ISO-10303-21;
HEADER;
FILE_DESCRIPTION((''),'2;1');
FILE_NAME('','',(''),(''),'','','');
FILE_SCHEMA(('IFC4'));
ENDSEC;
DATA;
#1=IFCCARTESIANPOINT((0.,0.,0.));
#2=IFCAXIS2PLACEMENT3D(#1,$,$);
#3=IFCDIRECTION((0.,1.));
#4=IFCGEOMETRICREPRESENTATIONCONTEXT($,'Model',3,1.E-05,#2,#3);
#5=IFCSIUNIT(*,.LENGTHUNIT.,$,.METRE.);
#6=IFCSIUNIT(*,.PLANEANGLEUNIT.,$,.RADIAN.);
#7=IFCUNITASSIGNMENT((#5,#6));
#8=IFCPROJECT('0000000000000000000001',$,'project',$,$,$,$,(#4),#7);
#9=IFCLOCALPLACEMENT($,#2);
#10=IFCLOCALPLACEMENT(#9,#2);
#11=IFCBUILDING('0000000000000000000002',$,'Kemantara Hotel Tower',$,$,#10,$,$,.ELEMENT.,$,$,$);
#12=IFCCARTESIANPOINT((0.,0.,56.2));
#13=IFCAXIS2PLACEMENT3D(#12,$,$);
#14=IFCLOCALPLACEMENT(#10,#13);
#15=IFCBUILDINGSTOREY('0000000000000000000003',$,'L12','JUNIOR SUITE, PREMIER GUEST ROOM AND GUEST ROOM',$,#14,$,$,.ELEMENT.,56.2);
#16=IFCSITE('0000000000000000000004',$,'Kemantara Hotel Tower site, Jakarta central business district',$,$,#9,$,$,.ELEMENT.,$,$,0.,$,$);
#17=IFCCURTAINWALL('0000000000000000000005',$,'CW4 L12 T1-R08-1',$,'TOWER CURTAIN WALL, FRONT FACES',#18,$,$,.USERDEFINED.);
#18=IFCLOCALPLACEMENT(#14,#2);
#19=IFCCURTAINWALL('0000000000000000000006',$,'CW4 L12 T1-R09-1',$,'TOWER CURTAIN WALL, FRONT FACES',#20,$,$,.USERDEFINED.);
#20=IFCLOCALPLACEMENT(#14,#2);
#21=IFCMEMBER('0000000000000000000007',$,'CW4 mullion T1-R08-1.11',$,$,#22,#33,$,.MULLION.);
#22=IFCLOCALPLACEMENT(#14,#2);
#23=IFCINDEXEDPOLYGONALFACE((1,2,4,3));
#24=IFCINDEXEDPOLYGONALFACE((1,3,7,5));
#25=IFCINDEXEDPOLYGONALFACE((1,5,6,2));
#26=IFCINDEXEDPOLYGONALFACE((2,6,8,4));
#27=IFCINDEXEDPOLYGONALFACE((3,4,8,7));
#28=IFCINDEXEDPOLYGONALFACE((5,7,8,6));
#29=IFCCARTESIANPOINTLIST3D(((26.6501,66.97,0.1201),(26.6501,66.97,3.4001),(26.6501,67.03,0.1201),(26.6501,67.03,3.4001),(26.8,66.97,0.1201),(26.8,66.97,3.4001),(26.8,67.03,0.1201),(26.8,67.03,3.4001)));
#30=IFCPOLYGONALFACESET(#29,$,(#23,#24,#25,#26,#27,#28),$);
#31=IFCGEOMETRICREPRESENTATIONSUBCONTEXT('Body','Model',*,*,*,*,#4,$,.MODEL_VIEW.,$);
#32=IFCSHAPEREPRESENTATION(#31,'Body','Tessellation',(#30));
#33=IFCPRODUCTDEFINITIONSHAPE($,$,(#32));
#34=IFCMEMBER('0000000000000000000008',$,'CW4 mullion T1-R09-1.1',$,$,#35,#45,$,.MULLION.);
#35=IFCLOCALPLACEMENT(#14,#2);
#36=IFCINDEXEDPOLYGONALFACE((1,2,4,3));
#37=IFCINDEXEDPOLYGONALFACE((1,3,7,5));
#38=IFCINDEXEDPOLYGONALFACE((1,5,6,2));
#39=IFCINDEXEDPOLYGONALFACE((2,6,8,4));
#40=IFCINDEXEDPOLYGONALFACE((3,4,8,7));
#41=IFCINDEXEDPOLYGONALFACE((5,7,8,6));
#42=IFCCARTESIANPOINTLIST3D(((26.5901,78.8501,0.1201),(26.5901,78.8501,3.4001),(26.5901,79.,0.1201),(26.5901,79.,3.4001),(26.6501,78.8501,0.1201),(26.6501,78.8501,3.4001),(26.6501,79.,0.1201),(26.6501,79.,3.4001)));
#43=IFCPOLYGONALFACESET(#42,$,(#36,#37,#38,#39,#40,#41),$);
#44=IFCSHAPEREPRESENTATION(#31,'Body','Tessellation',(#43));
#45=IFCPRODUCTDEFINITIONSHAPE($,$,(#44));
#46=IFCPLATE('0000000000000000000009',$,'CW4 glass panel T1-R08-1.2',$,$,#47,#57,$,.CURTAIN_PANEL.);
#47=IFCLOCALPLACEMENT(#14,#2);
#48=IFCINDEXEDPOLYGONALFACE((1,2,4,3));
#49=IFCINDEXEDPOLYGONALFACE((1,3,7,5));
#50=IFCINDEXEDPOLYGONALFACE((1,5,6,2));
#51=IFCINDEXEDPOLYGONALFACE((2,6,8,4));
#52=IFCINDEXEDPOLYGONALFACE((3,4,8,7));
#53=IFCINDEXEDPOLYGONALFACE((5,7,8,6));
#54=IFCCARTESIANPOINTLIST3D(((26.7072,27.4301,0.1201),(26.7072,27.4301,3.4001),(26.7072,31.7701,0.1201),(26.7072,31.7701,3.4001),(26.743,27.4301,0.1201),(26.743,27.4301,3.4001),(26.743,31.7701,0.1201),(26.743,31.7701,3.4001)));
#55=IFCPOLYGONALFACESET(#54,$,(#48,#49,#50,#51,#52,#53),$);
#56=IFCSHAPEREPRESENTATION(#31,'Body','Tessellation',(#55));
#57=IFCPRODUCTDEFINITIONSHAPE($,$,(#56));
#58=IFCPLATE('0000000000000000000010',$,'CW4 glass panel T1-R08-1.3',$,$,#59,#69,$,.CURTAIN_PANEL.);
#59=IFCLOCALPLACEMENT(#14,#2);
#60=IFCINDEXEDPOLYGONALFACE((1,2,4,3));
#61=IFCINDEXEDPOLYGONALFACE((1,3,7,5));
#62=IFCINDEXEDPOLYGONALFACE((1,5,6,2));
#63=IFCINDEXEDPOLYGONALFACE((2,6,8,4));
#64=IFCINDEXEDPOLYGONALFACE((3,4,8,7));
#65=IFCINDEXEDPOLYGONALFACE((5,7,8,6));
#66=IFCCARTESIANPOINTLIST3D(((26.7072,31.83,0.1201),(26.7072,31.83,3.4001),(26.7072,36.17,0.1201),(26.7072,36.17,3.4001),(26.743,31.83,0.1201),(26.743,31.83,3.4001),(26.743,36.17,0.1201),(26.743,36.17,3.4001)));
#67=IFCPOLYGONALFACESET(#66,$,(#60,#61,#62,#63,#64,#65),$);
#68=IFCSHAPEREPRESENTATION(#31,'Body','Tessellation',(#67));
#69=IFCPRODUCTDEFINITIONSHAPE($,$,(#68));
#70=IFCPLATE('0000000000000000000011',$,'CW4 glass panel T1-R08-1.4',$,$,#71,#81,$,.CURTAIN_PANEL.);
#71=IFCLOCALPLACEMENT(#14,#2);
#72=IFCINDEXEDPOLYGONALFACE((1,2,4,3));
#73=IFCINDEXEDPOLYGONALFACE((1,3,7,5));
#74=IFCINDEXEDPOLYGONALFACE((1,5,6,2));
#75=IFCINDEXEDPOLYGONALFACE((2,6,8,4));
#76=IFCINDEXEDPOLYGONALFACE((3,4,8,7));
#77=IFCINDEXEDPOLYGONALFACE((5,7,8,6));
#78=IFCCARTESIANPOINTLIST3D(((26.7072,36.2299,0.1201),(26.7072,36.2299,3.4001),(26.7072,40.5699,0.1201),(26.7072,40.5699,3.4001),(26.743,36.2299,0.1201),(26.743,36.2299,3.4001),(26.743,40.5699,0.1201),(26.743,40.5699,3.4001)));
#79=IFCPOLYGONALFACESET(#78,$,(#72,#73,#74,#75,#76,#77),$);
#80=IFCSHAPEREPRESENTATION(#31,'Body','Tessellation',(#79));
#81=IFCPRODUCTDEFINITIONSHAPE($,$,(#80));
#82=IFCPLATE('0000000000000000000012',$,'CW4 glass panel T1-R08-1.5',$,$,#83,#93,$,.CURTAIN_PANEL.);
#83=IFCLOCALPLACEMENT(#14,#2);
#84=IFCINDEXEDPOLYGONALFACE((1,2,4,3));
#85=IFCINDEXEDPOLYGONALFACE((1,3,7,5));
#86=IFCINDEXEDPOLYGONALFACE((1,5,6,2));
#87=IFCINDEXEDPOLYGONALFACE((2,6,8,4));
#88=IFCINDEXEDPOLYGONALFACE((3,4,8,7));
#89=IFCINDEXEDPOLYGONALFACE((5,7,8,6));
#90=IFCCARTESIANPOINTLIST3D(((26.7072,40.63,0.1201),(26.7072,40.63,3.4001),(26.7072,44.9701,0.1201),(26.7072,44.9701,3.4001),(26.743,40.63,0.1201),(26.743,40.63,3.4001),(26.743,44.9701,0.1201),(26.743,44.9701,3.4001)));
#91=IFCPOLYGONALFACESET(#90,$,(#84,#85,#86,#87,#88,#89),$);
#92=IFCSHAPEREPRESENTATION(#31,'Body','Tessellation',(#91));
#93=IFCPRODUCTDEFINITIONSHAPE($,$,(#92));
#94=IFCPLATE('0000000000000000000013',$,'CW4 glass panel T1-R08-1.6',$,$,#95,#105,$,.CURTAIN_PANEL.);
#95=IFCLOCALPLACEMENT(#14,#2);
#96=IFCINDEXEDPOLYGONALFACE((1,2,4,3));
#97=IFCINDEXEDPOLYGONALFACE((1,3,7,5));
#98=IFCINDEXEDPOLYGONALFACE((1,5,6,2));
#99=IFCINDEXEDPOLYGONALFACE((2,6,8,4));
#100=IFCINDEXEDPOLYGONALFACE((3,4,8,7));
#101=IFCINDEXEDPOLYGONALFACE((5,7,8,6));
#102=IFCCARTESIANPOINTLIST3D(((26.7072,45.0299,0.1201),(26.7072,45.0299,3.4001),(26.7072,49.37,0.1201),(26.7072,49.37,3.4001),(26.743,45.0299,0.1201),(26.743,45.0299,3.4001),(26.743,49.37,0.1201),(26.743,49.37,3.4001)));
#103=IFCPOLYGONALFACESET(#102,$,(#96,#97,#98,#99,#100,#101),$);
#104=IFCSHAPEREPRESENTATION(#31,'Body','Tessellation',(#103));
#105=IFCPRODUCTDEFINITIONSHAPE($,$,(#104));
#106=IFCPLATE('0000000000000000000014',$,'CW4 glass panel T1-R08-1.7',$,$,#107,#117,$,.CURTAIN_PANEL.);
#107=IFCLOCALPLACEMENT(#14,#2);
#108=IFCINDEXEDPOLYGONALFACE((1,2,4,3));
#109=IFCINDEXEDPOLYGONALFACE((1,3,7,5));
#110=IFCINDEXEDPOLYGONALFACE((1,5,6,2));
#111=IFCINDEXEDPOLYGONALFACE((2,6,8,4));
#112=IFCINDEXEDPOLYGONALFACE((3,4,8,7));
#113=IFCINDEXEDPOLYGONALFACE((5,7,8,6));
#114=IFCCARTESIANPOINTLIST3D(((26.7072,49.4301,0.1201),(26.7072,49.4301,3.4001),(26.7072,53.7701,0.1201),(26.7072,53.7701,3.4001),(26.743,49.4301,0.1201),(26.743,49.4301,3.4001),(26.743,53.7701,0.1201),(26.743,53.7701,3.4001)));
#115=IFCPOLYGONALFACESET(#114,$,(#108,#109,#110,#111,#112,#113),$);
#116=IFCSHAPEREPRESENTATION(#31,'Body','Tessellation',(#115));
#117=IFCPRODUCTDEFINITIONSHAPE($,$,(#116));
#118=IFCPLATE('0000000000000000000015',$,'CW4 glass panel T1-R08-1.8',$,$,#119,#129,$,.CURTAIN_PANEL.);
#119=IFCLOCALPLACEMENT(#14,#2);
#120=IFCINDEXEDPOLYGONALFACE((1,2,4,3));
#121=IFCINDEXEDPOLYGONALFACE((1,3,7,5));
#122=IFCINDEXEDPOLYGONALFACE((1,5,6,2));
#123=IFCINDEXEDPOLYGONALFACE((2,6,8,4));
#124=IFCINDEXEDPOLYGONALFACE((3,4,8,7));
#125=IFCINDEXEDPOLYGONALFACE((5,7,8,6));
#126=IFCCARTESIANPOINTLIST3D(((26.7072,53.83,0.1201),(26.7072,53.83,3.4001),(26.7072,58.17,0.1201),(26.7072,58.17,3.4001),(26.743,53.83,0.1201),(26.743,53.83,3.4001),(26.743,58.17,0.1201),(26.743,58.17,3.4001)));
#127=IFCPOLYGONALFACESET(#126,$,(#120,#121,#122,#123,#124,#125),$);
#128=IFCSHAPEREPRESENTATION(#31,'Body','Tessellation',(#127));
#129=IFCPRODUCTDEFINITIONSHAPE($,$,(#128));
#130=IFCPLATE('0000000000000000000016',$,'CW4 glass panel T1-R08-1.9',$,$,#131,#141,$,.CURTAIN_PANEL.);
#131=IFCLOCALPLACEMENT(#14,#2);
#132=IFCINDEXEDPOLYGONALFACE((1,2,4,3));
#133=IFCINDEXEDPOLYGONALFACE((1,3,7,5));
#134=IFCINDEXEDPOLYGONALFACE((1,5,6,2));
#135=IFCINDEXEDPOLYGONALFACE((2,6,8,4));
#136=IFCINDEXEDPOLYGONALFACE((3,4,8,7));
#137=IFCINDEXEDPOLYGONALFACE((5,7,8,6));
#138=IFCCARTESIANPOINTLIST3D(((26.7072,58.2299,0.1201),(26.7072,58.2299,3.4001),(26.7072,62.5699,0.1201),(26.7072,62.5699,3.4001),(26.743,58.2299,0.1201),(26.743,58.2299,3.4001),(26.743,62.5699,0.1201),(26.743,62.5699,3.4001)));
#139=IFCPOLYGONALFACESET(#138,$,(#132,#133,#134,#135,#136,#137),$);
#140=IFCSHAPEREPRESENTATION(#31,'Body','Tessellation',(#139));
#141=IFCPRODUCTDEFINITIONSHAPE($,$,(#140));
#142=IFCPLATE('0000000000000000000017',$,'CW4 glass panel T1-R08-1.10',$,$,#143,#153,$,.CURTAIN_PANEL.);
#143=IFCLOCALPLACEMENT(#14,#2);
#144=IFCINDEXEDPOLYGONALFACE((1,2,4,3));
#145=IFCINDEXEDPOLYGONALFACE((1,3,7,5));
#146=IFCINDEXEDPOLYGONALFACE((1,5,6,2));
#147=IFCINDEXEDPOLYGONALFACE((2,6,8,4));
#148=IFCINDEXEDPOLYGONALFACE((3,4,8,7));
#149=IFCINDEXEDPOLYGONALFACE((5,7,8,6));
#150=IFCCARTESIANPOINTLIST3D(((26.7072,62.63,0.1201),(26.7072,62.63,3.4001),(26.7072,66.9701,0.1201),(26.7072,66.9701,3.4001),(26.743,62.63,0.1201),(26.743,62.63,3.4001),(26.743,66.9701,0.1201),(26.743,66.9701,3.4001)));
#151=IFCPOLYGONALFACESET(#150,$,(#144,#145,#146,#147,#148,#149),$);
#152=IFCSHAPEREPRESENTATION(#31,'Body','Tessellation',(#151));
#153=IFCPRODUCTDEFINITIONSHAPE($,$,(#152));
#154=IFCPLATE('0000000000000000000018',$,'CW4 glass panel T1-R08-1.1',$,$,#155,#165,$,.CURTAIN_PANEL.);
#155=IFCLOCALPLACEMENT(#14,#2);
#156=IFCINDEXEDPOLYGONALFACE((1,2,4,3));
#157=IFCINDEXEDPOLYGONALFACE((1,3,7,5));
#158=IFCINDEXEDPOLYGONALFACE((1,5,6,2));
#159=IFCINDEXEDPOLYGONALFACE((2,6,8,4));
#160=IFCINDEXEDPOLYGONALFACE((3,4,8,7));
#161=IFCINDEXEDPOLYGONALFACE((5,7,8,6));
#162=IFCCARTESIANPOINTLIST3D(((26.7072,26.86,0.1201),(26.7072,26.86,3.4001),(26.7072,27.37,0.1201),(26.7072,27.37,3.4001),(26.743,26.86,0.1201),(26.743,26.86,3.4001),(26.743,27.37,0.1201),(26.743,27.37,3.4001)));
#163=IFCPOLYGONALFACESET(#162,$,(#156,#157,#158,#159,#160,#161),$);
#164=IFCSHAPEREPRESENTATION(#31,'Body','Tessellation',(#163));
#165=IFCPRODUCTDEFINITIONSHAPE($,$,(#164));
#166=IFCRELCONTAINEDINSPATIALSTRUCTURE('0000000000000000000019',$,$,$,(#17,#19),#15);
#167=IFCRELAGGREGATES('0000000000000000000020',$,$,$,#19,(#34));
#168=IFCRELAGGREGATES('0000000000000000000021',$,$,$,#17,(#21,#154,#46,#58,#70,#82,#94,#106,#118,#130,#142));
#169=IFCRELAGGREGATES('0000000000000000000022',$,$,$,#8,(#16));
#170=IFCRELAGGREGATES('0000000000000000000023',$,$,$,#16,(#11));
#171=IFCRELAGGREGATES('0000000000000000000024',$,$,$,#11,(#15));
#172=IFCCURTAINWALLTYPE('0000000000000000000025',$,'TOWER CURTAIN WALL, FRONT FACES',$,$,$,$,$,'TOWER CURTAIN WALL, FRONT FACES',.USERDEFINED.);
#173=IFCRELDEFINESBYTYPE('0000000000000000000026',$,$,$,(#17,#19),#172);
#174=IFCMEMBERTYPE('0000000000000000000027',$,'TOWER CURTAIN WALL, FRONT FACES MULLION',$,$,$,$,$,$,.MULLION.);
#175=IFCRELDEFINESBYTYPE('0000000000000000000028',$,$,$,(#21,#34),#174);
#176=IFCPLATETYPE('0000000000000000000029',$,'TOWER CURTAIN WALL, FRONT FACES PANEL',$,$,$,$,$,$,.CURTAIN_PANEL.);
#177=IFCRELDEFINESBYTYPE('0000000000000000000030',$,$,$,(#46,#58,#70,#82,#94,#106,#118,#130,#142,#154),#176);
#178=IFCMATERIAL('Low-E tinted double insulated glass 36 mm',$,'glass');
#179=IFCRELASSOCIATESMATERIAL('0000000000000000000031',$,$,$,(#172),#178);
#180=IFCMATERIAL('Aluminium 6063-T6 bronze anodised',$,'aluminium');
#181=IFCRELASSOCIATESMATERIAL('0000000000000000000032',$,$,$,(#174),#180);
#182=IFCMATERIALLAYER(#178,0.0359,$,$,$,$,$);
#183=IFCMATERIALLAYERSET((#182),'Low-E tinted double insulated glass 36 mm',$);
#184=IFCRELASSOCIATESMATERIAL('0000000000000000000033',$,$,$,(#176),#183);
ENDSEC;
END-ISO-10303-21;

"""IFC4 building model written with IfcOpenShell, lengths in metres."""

from ifc_helpers import new_model, si_unit, direction, frame, origin, origin_2d, place, context, subcontext, project, spatial, rectangle, extrude, source, transform, mapped, material, layer, layer_set, material_profile, profile_set, type_object, element, aggregate, save


model = new_model("IFC4")

# Units and contexts
model_context = context("Model", 3, precision=1e-05, world=origin(), true_north=direction((0.0, 1.0)))
body_context = subcontext(model_context, "Body", "Model", "MODEL_VIEW")
ifc_project = project(units=[si_unit("LENGTHUNIT", "METRE"), si_unit("PLANEANGLEUNIT", "RADIAN")], contexts=[model_context])

# Site, building, storey
site_placement = place(None, origin())
site = spatial("IfcSite", under=ifc_project, at=site_placement, Name="Kemantara Hotel Tower site, Jakarta central business district", CompositionType="ELEMENT", RefElevation=0.0)
building_placement = place(site_placement, origin())
building = spatial("IfcBuilding", under=site, at=building_placement, Name="Kemantara Hotel Tower", CompositionType="ELEMENT")
storey_placement = place(building_placement, frame((0.0, 0.0, 56.2)))
storey = spatial("IfcBuildingStorey", under=building, at=storey_placement, Name="L12", Description="JUNIOR SUITE, PREMIER GUEST ROOM AND GUEST ROOM", CompositionType="ELEMENT", Elevation=56.2)

# Curtain walls
ifc_material_1 = material(Name="Low-E tinted double insulated glass 36 mm", Category="glass")
curtain_wall_type = type_object("IfcCurtainWallType", Name="TOWER CURTAIN WALL, FRONT FACES", ElementType="TOWER CURTAIN WALL, FRONT FACES", PredefinedType="USERDEFINED", material=ifc_material_1)
curtain_wall_1_placement = place(storey_placement, origin())
curtain_wall_1 = element("IfcCurtainWall", 1, at=curtain_wall_1_placement, inside=storey, type_object=curtain_wall_type, Name="CW4 L12 T1-R08-1", ObjectType="TOWER CURTAIN WALL, FRONT FACES", PredefinedType="USERDEFINED")
ifc_material_2 = material(Name="Aluminium 6063-T6 bronze anodised", Category="aluminium")
curtain_wall_2_placement = place(storey_placement, origin())
curtain_wall_2 = element("IfcCurtainWall", 2, at=curtain_wall_2_placement, inside=storey, type_object=curtain_wall_type, Name="CW4 L12 T1-R09-1", ObjectType="TOWER CURTAIN WALL, FRONT FACES", PredefinedType="USERDEFINED")

# Members
ifc_material_profile_1 = material_profile(ifc_material_2, rectangle(XDim=0.1499, YDim=0.0601, at=origin_2d()), Name="TOWER CURTAIN WALL, FRONT FACES MULLION")
ifc_profile_set_1 = profile_set([ifc_material_profile_1], Name="Aluminium 6063-T6 bronze anodised")
member_type_1 = type_object("IfcMemberType", Name="TOWER CURTAIN WALL, FRONT FACES MULLION", PredefinedType="MULLION", material=ifc_profile_set_1)
shared_shape_1 = source(origin(), body_context, "Body", "SweptSolid", [
    extrude(rectangle(XDim=0.1499, YDim=0.0601, at=origin_2d()), origin(), (0.0, 0.0, 1.0), 3.28),
])
member_1_placement = place(storey_placement, frame((26.7251, 67.0, 0.1201), z_axis=(0.0, 0.0, 1.0), x_axis=(-1.0, 0.0, 0.0)))
member_1 = element("IfcMember", 3, at=member_1_placement, type_object=member_type_1, Name="CW4 mullion T1-R08-1.11", PredefinedType="MULLION", context=body_context, shape_type="MappedRepresentation", body=[
    mapped(shared_shape_1, transform((0.0, 0.0, 0.0))),
])
member_2_placement = place(storey_placement, frame((26.6201, 78.925, 0.1201), z_axis=(0.0, 0.0, 1.0), x_axis=(0.0, -1.0, 0.0)))
member_2 = element("IfcMember", 4, at=member_2_placement, type_object=member_type_1, Name="CW4 mullion T1-R09-1.1", PredefinedType="MULLION", context=body_context, shape_type="MappedRepresentation", body=[
    mapped(shared_shape_1, transform((0.0, 0.0, 0.0))),
])
aggregate(curtain_wall_2, [member_2])

# Plates
ifc_layer = layer(ifc_material_1, 0.0359)
ifc_layer_set = layer_set([ifc_layer], Name="Low-E tinted double insulated glass 36 mm")
plate_type = type_object("IfcPlateType", Name="TOWER CURTAIN WALL, FRONT FACES PANEL", PredefinedType="CURTAIN_PANEL", material=ifc_layer_set)
shared_shape_2 = source(origin(), body_context, "Body", "SweptSolid", [
    extrude(rectangle(XDim=4.3401, YDim=0.0359, at=origin_2d()), origin(), (0.0, 0.0, 1.0), 3.28),
])
plate_1_placement = place(storey_placement, frame((26.7251, 29.6001, 0.1201), z_axis=(0.0, 0.0, 1.0), x_axis=(0.0, 1.0, 0.0)))
plate_1 = element("IfcPlate", 5, at=plate_1_placement, type_object=plate_type, Name="CW4 glass panel T1-R08-1.2", PredefinedType="CURTAIN_PANEL", context=body_context, shape_type="MappedRepresentation", body=[
    mapped(shared_shape_2, transform((0.0, 0.0, 0.0))),
])
plate_2_placement = place(storey_placement, frame((26.7251, 34.0, 0.1201), z_axis=(0.0, 0.0, 1.0), x_axis=(0.0, 1.0, 0.0)))
plate_2 = element("IfcPlate", 6, at=plate_2_placement, type_object=plate_type, Name="CW4 glass panel T1-R08-1.3", PredefinedType="CURTAIN_PANEL", context=body_context, shape_type="MappedRepresentation", body=[
    mapped(shared_shape_2, transform((0.0, 0.0, 0.0))),
])
plate_3_placement = place(storey_placement, frame((26.7251, 38.3999, 0.1201), z_axis=(0.0, 0.0, 1.0), x_axis=(0.0, 1.0, 0.0)))
plate_3 = element("IfcPlate", 7, at=plate_3_placement, type_object=plate_type, Name="CW4 glass panel T1-R08-1.4", PredefinedType="CURTAIN_PANEL", context=body_context, shape_type="MappedRepresentation", body=[
    mapped(shared_shape_2, transform((0.0, 0.0, 0.0))),
])
plate_4_placement = place(storey_placement, frame((26.7251, 42.8, 0.1201), z_axis=(0.0, 0.0, 1.0), x_axis=(0.0, 1.0, 0.0)))
plate_4 = element("IfcPlate", 8, at=plate_4_placement, type_object=plate_type, Name="CW4 glass panel T1-R08-1.5", PredefinedType="CURTAIN_PANEL", context=body_context, shape_type="MappedRepresentation", body=[
    mapped(shared_shape_2, transform((0.0, 0.0, 0.0))),
])
plate_5_placement = place(storey_placement, frame((26.7251, 47.2, 0.1201), z_axis=(0.0, 0.0, 1.0), x_axis=(0.0, 1.0, 0.0)))
plate_5 = element("IfcPlate", 9, at=plate_5_placement, type_object=plate_type, Name="CW4 glass panel T1-R08-1.6", PredefinedType="CURTAIN_PANEL", context=body_context, shape_type="MappedRepresentation", body=[
    mapped(shared_shape_2, transform((0.0, 0.0, 0.0))),
])
plate_6_placement = place(storey_placement, frame((26.7251, 51.6001, 0.1201), z_axis=(0.0, 0.0, 1.0), x_axis=(0.0, 1.0, 0.0)))
plate_6 = element("IfcPlate", 10, at=plate_6_placement, type_object=plate_type, Name="CW4 glass panel T1-R08-1.7", PredefinedType="CURTAIN_PANEL", context=body_context, shape_type="MappedRepresentation", body=[
    mapped(shared_shape_2, transform((0.0, 0.0, 0.0))),
])
plate_7_placement = place(storey_placement, frame((26.7251, 56.0, 0.1201), z_axis=(0.0, 0.0, 1.0), x_axis=(0.0, 1.0, 0.0)))
plate_7 = element("IfcPlate", 11, at=plate_7_placement, type_object=plate_type, Name="CW4 glass panel T1-R08-1.8", PredefinedType="CURTAIN_PANEL", context=body_context, shape_type="MappedRepresentation", body=[
    mapped(shared_shape_2, transform((0.0, 0.0, 0.0))),
])
plate_8_placement = place(storey_placement, frame((26.7251, 60.3999, 0.1201), z_axis=(0.0, 0.0, 1.0), x_axis=(0.0, 1.0, 0.0)))
plate_8 = element("IfcPlate", 12, at=plate_8_placement, type_object=plate_type, Name="CW4 glass panel T1-R08-1.9", PredefinedType="CURTAIN_PANEL", context=body_context, shape_type="MappedRepresentation", body=[
    mapped(shared_shape_2, transform((0.0, 0.0, 0.0))),
])
plate_9_placement = place(storey_placement, frame((26.7251, 64.8, 0.1201), z_axis=(0.0, 0.0, 1.0), x_axis=(0.0, 1.0, 0.0)))
plate_9 = element("IfcPlate", 13, at=plate_9_placement, type_object=plate_type, Name="CW4 glass panel T1-R08-1.10", PredefinedType="CURTAIN_PANEL", context=body_context, shape_type="MappedRepresentation", body=[
    mapped(shared_shape_2, transform((0.0, 0.0, 0.0))),
])
shared_shape_3 = source(origin(), body_context, "Body", "SweptSolid", [
    extrude(rectangle(XDim=0.51, YDim=0.0359, at=origin_2d()), origin(), (0.0, 0.0, 1.0), 3.28),
])
plate_10_placement = place(storey_placement, frame((26.7251, 27.115, 0.1201), z_axis=(0.0, 0.0, 1.0), x_axis=(0.0, 1.0, 0.0)))
plate_10 = element("IfcPlate", 14, at=plate_10_placement, type_object=plate_type, Name="CW4 glass panel T1-R08-1.1", PredefinedType="CURTAIN_PANEL", context=body_context, shape_type="MappedRepresentation", body=[
    mapped(shared_shape_3, transform((0.0, 0.0, 0.0))),
])
aggregate(curtain_wall_1, [member_1, plate_10, plate_1, plate_2, plate_3, plate_4, plate_5, plate_6, plate_7, plate_8, plate_9])

save(model, "model.ifc")
